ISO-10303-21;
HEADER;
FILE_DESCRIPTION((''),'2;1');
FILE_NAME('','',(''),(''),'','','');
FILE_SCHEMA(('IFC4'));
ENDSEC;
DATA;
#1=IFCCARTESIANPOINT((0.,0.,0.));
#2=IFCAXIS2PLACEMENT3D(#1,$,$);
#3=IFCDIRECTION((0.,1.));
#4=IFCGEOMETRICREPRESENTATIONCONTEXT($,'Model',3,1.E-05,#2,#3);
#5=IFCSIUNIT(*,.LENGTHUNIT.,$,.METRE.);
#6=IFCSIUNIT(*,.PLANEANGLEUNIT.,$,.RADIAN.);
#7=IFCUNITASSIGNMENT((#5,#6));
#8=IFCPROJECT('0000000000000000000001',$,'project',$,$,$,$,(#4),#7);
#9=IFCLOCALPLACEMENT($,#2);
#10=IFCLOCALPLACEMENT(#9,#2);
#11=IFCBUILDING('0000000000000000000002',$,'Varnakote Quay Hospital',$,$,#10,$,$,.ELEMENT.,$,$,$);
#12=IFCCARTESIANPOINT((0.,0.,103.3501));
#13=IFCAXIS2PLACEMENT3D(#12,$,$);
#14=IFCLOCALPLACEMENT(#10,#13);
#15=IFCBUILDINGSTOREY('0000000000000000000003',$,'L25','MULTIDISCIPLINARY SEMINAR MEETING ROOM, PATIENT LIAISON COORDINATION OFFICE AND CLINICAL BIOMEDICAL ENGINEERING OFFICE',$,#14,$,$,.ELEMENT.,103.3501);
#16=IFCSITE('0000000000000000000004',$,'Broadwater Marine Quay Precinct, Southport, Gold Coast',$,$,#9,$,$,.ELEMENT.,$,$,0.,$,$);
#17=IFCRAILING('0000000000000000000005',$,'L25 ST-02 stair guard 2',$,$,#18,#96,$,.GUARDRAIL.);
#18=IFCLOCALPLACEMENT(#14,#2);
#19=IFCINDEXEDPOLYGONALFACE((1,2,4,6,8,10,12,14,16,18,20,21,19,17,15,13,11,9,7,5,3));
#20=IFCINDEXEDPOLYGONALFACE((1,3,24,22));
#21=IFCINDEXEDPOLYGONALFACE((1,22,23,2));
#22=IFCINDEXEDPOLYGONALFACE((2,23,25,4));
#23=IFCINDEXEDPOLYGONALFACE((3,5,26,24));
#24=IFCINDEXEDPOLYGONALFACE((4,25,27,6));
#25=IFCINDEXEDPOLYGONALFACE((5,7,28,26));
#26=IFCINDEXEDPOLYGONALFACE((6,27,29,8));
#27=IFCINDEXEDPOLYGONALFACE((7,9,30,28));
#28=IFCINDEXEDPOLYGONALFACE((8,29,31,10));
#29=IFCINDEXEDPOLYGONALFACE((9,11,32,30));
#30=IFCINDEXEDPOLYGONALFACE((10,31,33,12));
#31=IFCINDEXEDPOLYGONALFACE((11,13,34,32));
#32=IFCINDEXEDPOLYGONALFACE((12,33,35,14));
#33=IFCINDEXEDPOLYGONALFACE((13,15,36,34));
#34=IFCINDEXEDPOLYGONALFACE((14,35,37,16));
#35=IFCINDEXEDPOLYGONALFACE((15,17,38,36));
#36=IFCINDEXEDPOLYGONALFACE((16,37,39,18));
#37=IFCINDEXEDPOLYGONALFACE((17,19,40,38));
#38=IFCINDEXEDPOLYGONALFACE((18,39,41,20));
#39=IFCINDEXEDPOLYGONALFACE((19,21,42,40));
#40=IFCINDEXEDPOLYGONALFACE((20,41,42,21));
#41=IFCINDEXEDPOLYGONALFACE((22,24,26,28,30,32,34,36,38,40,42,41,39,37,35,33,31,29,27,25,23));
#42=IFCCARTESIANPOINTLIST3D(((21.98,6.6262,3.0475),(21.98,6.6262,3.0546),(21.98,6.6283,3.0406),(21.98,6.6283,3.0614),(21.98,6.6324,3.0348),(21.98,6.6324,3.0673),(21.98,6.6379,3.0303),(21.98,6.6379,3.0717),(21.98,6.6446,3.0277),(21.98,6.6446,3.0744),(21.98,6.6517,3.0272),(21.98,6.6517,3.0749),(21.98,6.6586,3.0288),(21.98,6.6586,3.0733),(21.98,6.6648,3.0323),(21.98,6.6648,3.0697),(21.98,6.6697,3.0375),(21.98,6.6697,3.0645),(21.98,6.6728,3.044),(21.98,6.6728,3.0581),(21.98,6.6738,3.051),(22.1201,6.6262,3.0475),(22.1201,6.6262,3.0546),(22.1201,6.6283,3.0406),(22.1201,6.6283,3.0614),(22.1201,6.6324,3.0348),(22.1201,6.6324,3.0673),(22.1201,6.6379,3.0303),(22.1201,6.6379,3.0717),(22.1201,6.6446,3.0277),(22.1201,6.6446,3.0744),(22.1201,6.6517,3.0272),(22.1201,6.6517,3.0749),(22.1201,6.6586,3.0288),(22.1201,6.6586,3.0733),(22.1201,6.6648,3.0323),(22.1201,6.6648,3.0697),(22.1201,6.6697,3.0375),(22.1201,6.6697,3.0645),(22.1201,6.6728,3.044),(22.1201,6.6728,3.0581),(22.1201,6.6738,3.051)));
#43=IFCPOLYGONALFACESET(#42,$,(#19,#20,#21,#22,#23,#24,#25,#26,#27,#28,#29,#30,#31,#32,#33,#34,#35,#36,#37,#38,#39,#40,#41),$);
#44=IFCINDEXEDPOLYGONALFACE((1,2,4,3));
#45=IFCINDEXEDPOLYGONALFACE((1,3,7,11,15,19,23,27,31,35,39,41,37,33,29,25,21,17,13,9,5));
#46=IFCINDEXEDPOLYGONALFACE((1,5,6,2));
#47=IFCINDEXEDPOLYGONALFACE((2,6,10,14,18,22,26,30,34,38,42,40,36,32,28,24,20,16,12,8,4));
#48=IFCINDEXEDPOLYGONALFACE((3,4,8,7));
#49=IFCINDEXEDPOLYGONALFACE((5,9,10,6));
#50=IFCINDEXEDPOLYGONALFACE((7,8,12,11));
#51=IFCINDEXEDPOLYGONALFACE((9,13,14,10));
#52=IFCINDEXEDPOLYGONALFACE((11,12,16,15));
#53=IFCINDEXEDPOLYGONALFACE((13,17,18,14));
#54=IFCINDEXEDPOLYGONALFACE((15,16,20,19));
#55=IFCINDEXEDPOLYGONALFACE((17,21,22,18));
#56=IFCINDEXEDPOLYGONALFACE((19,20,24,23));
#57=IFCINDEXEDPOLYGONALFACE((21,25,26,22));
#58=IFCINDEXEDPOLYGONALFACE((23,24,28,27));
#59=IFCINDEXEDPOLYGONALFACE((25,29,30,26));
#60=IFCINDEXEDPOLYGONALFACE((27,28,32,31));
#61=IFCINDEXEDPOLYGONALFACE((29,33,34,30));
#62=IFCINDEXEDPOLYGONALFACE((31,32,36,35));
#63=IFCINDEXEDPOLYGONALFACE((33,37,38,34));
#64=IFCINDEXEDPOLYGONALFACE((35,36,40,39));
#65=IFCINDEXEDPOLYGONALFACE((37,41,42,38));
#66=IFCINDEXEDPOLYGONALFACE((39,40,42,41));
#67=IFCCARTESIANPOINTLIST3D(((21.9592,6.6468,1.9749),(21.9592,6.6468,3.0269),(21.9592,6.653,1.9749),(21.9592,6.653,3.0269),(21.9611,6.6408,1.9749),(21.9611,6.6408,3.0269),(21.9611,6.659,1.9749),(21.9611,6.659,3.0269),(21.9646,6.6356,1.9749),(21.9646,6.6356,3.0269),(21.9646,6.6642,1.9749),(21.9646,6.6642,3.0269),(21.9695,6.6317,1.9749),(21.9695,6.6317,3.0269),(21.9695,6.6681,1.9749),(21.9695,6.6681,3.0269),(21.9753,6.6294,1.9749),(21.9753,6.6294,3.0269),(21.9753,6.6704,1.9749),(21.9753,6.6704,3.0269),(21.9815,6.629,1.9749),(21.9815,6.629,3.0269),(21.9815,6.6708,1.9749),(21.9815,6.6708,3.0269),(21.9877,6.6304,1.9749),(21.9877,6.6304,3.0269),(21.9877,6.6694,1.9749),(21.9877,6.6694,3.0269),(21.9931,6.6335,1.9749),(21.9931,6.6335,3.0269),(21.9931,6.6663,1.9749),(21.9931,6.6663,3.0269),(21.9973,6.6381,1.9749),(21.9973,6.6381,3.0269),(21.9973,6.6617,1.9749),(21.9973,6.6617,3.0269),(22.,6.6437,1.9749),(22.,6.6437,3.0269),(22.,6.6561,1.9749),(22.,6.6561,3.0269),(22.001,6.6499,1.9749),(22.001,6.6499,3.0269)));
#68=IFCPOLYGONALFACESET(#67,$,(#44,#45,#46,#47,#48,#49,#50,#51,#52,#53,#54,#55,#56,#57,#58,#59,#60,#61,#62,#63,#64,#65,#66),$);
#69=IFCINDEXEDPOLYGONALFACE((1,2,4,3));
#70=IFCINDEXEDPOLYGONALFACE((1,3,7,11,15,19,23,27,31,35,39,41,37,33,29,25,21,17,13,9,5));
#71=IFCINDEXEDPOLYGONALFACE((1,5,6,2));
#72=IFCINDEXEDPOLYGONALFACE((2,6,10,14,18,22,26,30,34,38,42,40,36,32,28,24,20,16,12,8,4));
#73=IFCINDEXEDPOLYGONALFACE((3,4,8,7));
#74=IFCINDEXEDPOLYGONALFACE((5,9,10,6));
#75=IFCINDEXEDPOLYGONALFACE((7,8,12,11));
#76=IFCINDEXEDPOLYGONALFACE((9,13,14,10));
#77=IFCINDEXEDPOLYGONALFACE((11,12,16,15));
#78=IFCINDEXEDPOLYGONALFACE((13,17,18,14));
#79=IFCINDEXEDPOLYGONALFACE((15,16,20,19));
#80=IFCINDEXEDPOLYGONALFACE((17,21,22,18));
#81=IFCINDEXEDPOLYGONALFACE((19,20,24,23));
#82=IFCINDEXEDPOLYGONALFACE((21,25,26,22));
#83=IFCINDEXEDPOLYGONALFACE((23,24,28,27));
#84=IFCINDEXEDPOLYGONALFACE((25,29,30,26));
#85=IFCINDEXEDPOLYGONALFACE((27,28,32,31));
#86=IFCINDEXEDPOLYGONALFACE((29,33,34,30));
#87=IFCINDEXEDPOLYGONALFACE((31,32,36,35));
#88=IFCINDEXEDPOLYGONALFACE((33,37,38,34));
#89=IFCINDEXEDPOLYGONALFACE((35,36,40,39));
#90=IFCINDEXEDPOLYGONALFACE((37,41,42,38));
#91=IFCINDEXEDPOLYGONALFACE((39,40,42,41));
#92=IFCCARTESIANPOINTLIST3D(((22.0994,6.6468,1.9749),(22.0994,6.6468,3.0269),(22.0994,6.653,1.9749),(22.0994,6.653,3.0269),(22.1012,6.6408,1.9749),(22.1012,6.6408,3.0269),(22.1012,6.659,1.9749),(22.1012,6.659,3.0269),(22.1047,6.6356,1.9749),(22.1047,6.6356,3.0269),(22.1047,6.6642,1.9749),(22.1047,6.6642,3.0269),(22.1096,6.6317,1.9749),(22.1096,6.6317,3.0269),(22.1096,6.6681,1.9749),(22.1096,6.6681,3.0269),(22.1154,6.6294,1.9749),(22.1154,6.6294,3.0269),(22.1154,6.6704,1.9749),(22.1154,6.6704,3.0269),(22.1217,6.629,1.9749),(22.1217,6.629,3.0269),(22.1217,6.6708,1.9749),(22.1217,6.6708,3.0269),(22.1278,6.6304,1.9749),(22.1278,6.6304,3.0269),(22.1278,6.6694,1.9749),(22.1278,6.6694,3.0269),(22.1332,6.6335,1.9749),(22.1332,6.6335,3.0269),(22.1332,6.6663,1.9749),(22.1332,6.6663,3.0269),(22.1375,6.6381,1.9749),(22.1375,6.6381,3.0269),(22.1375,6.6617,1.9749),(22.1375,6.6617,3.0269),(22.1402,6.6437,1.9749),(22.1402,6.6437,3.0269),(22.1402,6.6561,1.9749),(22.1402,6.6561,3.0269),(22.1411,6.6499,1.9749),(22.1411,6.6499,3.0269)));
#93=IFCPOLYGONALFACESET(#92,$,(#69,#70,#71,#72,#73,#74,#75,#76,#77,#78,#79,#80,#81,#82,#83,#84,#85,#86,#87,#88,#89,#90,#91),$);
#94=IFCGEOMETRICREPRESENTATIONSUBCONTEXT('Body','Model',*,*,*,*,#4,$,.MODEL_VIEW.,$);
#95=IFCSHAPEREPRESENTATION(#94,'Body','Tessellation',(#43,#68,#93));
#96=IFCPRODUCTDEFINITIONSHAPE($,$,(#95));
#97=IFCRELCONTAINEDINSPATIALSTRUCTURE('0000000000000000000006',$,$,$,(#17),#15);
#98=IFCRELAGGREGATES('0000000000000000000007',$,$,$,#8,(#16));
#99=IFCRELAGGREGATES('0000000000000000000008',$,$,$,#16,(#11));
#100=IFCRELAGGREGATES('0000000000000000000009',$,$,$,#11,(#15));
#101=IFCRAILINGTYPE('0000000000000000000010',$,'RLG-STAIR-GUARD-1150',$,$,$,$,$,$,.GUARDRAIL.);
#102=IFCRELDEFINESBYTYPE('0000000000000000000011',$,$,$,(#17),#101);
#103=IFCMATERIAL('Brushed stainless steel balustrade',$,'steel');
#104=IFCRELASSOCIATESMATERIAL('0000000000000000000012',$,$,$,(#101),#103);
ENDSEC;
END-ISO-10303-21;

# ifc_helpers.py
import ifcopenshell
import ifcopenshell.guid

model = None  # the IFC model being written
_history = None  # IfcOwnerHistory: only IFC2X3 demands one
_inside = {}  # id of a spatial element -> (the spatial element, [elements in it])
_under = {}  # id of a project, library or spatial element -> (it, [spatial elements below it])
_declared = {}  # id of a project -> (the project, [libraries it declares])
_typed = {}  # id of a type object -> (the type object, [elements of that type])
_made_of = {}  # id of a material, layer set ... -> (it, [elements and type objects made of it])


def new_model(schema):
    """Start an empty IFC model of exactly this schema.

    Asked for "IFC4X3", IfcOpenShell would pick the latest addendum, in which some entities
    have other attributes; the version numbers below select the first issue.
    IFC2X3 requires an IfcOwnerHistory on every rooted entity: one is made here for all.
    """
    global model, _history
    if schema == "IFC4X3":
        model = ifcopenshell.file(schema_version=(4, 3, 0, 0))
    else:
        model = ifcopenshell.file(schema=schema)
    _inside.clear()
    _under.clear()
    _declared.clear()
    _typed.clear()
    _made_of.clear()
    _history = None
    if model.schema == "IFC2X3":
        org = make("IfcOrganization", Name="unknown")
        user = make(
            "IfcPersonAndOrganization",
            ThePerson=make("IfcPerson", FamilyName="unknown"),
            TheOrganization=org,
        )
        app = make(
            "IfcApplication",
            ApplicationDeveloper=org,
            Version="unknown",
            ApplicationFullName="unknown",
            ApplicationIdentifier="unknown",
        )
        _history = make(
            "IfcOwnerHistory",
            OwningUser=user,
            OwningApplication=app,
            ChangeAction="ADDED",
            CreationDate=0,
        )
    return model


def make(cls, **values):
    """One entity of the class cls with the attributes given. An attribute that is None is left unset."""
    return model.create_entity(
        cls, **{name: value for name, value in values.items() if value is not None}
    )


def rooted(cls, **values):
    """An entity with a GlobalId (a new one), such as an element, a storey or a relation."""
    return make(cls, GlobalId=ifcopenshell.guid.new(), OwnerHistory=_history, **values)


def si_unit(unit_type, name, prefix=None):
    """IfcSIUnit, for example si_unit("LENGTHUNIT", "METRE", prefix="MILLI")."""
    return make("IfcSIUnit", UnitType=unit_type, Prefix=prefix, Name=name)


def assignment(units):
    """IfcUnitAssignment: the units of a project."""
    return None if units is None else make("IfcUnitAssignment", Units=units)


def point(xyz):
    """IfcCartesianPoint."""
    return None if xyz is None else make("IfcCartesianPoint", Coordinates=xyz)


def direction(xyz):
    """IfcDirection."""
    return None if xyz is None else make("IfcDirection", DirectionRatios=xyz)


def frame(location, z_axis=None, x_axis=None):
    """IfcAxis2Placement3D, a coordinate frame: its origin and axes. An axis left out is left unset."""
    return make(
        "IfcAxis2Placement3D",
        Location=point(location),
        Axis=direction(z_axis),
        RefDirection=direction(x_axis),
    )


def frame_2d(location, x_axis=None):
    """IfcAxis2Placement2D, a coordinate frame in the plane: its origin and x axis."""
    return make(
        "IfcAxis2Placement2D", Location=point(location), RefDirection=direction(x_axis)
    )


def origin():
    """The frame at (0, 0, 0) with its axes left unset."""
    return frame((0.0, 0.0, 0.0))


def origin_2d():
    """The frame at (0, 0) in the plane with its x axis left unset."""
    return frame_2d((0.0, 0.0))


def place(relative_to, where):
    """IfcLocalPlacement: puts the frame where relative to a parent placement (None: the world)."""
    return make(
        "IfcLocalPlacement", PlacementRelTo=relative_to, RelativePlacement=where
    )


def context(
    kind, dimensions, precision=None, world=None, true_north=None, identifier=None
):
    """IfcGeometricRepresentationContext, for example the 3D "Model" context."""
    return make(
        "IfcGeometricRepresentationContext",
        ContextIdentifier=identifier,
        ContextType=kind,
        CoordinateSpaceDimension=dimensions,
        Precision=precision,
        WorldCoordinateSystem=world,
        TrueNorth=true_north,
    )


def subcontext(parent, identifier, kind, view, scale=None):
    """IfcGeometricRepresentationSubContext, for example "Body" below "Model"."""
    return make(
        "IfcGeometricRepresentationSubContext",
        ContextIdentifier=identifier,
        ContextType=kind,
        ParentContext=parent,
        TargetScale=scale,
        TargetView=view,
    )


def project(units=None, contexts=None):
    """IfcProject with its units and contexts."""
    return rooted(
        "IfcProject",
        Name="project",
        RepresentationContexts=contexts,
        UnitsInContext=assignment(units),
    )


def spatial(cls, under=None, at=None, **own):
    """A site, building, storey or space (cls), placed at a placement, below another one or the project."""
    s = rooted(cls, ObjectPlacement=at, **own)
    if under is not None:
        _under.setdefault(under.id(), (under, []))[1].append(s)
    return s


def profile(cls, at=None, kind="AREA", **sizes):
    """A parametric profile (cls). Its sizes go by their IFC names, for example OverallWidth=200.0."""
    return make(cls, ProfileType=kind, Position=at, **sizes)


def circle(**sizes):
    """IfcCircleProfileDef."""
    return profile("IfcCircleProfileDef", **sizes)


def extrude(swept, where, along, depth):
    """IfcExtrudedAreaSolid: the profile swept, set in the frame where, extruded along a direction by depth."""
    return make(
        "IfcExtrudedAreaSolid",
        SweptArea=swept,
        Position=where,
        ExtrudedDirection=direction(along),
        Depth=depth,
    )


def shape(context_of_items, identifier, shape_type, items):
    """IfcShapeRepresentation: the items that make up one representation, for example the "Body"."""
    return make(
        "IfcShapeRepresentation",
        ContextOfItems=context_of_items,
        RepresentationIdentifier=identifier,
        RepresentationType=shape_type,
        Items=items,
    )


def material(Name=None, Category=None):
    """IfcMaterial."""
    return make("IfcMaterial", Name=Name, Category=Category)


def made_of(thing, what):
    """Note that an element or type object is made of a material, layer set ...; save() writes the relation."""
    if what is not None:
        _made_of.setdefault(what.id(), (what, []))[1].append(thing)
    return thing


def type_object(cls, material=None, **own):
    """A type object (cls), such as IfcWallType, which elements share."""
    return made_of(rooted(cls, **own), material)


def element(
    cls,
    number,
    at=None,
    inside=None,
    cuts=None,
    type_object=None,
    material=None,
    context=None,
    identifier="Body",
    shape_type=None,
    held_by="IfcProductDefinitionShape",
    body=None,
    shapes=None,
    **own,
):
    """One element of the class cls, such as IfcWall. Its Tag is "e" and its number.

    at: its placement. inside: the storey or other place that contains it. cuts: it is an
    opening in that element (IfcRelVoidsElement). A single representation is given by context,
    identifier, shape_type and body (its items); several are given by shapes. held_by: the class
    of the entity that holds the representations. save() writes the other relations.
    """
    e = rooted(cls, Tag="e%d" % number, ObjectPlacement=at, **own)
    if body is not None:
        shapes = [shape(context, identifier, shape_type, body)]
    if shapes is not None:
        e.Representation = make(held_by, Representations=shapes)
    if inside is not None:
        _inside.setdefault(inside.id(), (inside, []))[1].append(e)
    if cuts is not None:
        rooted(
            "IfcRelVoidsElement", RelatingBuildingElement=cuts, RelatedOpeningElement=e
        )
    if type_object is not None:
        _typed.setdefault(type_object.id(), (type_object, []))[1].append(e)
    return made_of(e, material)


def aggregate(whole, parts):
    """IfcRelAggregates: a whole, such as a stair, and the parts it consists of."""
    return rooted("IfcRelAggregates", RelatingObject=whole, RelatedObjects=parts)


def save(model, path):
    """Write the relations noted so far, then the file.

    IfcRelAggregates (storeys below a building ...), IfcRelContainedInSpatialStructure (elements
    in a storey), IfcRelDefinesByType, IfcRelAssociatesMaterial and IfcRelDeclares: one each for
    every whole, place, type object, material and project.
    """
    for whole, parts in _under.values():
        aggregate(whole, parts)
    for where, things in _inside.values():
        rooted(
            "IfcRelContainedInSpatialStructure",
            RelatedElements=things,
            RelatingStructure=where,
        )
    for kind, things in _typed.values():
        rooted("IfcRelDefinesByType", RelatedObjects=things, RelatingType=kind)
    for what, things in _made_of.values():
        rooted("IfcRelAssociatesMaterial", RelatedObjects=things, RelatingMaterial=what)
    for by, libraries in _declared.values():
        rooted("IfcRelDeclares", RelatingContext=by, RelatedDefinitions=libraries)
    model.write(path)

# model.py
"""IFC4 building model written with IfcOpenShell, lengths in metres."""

from ifc_helpers import new_model, si_unit, direction, frame, origin, origin_2d, place, context, subcontext, project, spatial, circle, extrude, material, type_object, element, save


model = new_model("IFC4")

# Units and contexts
model_context = context("Model", 3, precision=1e-05, world=origin(), true_north=direction((0.0, 1.0)))
body_context = subcontext(model_context, "Body", "Model", "MODEL_VIEW")
ifc_project = project(units=[si_unit("LENGTHUNIT", "METRE"), si_unit("PLANEANGLEUNIT", "RADIAN")], contexts=[model_context])

# Site, building, storey
site_placement = place(None, origin())
site = spatial("IfcSite", under=ifc_project, at=site_placement, Name="Broadwater Marine Quay Precinct, Southport, Gold Coast", CompositionType="ELEMENT", RefElevation=0.0)
building_placement = place(site_placement, origin())
building = spatial("IfcBuilding", under=site, at=building_placement, Name="Varnakote Quay Hospital", CompositionType="ELEMENT")
storey_placement = place(building_placement, frame((0.0, 0.0, 103.3501)))
storey = spatial("IfcBuildingStorey", under=building, at=storey_placement, Name="L25", Description="MULTIDISCIPLINARY SEMINAR MEETING ROOM, PATIENT LIAISON COORDINATION OFFICE AND CLINICAL BIOMEDICAL ENGINEERING OFFICE", CompositionType="ELEMENT", Elevation=103.3501)

# Railing
ifc_material_1 = material(Name="Brushed stainless steel balustrade", Category="steel")
railing_type_1 = type_object("IfcRailingType", Name="RLG-STAIR-GUARD-1150", PredefinedType="GUARDRAIL", material=ifc_material_1)
railing_1_placement = place(storey_placement, frame((21.98, 6.6499, 1.9749)))
element("IfcRailing", 1, at=railing_1_placement, inside=storey, type_object=railing_type_1, Name="L25 ST-02 stair guard 2", PredefinedType="GUARDRAIL", context=body_context, shape_type="SweptSolid", body=[
    extrude(circle(Radius=0.0239, at=origin_2d()), frame((0.0, 0.0, 1.0762), z_axis=(1.0, 0.0, 0.0), x_axis=(0.0, 1.0, 0.0)), (0.0, 0.0, 1.0), 0.1401),
    extrude(circle(Radius=0.021, at=origin_2d()), origin(), (0.0, 0.0, 1.0), 1.052),
    extrude(circle(Radius=0.021, at=origin_2d()), frame((0.1401, 0.0, 0.0)), (0.0, 0.0, 1.0), 1.052),
])

save(model, "model.ifc")
